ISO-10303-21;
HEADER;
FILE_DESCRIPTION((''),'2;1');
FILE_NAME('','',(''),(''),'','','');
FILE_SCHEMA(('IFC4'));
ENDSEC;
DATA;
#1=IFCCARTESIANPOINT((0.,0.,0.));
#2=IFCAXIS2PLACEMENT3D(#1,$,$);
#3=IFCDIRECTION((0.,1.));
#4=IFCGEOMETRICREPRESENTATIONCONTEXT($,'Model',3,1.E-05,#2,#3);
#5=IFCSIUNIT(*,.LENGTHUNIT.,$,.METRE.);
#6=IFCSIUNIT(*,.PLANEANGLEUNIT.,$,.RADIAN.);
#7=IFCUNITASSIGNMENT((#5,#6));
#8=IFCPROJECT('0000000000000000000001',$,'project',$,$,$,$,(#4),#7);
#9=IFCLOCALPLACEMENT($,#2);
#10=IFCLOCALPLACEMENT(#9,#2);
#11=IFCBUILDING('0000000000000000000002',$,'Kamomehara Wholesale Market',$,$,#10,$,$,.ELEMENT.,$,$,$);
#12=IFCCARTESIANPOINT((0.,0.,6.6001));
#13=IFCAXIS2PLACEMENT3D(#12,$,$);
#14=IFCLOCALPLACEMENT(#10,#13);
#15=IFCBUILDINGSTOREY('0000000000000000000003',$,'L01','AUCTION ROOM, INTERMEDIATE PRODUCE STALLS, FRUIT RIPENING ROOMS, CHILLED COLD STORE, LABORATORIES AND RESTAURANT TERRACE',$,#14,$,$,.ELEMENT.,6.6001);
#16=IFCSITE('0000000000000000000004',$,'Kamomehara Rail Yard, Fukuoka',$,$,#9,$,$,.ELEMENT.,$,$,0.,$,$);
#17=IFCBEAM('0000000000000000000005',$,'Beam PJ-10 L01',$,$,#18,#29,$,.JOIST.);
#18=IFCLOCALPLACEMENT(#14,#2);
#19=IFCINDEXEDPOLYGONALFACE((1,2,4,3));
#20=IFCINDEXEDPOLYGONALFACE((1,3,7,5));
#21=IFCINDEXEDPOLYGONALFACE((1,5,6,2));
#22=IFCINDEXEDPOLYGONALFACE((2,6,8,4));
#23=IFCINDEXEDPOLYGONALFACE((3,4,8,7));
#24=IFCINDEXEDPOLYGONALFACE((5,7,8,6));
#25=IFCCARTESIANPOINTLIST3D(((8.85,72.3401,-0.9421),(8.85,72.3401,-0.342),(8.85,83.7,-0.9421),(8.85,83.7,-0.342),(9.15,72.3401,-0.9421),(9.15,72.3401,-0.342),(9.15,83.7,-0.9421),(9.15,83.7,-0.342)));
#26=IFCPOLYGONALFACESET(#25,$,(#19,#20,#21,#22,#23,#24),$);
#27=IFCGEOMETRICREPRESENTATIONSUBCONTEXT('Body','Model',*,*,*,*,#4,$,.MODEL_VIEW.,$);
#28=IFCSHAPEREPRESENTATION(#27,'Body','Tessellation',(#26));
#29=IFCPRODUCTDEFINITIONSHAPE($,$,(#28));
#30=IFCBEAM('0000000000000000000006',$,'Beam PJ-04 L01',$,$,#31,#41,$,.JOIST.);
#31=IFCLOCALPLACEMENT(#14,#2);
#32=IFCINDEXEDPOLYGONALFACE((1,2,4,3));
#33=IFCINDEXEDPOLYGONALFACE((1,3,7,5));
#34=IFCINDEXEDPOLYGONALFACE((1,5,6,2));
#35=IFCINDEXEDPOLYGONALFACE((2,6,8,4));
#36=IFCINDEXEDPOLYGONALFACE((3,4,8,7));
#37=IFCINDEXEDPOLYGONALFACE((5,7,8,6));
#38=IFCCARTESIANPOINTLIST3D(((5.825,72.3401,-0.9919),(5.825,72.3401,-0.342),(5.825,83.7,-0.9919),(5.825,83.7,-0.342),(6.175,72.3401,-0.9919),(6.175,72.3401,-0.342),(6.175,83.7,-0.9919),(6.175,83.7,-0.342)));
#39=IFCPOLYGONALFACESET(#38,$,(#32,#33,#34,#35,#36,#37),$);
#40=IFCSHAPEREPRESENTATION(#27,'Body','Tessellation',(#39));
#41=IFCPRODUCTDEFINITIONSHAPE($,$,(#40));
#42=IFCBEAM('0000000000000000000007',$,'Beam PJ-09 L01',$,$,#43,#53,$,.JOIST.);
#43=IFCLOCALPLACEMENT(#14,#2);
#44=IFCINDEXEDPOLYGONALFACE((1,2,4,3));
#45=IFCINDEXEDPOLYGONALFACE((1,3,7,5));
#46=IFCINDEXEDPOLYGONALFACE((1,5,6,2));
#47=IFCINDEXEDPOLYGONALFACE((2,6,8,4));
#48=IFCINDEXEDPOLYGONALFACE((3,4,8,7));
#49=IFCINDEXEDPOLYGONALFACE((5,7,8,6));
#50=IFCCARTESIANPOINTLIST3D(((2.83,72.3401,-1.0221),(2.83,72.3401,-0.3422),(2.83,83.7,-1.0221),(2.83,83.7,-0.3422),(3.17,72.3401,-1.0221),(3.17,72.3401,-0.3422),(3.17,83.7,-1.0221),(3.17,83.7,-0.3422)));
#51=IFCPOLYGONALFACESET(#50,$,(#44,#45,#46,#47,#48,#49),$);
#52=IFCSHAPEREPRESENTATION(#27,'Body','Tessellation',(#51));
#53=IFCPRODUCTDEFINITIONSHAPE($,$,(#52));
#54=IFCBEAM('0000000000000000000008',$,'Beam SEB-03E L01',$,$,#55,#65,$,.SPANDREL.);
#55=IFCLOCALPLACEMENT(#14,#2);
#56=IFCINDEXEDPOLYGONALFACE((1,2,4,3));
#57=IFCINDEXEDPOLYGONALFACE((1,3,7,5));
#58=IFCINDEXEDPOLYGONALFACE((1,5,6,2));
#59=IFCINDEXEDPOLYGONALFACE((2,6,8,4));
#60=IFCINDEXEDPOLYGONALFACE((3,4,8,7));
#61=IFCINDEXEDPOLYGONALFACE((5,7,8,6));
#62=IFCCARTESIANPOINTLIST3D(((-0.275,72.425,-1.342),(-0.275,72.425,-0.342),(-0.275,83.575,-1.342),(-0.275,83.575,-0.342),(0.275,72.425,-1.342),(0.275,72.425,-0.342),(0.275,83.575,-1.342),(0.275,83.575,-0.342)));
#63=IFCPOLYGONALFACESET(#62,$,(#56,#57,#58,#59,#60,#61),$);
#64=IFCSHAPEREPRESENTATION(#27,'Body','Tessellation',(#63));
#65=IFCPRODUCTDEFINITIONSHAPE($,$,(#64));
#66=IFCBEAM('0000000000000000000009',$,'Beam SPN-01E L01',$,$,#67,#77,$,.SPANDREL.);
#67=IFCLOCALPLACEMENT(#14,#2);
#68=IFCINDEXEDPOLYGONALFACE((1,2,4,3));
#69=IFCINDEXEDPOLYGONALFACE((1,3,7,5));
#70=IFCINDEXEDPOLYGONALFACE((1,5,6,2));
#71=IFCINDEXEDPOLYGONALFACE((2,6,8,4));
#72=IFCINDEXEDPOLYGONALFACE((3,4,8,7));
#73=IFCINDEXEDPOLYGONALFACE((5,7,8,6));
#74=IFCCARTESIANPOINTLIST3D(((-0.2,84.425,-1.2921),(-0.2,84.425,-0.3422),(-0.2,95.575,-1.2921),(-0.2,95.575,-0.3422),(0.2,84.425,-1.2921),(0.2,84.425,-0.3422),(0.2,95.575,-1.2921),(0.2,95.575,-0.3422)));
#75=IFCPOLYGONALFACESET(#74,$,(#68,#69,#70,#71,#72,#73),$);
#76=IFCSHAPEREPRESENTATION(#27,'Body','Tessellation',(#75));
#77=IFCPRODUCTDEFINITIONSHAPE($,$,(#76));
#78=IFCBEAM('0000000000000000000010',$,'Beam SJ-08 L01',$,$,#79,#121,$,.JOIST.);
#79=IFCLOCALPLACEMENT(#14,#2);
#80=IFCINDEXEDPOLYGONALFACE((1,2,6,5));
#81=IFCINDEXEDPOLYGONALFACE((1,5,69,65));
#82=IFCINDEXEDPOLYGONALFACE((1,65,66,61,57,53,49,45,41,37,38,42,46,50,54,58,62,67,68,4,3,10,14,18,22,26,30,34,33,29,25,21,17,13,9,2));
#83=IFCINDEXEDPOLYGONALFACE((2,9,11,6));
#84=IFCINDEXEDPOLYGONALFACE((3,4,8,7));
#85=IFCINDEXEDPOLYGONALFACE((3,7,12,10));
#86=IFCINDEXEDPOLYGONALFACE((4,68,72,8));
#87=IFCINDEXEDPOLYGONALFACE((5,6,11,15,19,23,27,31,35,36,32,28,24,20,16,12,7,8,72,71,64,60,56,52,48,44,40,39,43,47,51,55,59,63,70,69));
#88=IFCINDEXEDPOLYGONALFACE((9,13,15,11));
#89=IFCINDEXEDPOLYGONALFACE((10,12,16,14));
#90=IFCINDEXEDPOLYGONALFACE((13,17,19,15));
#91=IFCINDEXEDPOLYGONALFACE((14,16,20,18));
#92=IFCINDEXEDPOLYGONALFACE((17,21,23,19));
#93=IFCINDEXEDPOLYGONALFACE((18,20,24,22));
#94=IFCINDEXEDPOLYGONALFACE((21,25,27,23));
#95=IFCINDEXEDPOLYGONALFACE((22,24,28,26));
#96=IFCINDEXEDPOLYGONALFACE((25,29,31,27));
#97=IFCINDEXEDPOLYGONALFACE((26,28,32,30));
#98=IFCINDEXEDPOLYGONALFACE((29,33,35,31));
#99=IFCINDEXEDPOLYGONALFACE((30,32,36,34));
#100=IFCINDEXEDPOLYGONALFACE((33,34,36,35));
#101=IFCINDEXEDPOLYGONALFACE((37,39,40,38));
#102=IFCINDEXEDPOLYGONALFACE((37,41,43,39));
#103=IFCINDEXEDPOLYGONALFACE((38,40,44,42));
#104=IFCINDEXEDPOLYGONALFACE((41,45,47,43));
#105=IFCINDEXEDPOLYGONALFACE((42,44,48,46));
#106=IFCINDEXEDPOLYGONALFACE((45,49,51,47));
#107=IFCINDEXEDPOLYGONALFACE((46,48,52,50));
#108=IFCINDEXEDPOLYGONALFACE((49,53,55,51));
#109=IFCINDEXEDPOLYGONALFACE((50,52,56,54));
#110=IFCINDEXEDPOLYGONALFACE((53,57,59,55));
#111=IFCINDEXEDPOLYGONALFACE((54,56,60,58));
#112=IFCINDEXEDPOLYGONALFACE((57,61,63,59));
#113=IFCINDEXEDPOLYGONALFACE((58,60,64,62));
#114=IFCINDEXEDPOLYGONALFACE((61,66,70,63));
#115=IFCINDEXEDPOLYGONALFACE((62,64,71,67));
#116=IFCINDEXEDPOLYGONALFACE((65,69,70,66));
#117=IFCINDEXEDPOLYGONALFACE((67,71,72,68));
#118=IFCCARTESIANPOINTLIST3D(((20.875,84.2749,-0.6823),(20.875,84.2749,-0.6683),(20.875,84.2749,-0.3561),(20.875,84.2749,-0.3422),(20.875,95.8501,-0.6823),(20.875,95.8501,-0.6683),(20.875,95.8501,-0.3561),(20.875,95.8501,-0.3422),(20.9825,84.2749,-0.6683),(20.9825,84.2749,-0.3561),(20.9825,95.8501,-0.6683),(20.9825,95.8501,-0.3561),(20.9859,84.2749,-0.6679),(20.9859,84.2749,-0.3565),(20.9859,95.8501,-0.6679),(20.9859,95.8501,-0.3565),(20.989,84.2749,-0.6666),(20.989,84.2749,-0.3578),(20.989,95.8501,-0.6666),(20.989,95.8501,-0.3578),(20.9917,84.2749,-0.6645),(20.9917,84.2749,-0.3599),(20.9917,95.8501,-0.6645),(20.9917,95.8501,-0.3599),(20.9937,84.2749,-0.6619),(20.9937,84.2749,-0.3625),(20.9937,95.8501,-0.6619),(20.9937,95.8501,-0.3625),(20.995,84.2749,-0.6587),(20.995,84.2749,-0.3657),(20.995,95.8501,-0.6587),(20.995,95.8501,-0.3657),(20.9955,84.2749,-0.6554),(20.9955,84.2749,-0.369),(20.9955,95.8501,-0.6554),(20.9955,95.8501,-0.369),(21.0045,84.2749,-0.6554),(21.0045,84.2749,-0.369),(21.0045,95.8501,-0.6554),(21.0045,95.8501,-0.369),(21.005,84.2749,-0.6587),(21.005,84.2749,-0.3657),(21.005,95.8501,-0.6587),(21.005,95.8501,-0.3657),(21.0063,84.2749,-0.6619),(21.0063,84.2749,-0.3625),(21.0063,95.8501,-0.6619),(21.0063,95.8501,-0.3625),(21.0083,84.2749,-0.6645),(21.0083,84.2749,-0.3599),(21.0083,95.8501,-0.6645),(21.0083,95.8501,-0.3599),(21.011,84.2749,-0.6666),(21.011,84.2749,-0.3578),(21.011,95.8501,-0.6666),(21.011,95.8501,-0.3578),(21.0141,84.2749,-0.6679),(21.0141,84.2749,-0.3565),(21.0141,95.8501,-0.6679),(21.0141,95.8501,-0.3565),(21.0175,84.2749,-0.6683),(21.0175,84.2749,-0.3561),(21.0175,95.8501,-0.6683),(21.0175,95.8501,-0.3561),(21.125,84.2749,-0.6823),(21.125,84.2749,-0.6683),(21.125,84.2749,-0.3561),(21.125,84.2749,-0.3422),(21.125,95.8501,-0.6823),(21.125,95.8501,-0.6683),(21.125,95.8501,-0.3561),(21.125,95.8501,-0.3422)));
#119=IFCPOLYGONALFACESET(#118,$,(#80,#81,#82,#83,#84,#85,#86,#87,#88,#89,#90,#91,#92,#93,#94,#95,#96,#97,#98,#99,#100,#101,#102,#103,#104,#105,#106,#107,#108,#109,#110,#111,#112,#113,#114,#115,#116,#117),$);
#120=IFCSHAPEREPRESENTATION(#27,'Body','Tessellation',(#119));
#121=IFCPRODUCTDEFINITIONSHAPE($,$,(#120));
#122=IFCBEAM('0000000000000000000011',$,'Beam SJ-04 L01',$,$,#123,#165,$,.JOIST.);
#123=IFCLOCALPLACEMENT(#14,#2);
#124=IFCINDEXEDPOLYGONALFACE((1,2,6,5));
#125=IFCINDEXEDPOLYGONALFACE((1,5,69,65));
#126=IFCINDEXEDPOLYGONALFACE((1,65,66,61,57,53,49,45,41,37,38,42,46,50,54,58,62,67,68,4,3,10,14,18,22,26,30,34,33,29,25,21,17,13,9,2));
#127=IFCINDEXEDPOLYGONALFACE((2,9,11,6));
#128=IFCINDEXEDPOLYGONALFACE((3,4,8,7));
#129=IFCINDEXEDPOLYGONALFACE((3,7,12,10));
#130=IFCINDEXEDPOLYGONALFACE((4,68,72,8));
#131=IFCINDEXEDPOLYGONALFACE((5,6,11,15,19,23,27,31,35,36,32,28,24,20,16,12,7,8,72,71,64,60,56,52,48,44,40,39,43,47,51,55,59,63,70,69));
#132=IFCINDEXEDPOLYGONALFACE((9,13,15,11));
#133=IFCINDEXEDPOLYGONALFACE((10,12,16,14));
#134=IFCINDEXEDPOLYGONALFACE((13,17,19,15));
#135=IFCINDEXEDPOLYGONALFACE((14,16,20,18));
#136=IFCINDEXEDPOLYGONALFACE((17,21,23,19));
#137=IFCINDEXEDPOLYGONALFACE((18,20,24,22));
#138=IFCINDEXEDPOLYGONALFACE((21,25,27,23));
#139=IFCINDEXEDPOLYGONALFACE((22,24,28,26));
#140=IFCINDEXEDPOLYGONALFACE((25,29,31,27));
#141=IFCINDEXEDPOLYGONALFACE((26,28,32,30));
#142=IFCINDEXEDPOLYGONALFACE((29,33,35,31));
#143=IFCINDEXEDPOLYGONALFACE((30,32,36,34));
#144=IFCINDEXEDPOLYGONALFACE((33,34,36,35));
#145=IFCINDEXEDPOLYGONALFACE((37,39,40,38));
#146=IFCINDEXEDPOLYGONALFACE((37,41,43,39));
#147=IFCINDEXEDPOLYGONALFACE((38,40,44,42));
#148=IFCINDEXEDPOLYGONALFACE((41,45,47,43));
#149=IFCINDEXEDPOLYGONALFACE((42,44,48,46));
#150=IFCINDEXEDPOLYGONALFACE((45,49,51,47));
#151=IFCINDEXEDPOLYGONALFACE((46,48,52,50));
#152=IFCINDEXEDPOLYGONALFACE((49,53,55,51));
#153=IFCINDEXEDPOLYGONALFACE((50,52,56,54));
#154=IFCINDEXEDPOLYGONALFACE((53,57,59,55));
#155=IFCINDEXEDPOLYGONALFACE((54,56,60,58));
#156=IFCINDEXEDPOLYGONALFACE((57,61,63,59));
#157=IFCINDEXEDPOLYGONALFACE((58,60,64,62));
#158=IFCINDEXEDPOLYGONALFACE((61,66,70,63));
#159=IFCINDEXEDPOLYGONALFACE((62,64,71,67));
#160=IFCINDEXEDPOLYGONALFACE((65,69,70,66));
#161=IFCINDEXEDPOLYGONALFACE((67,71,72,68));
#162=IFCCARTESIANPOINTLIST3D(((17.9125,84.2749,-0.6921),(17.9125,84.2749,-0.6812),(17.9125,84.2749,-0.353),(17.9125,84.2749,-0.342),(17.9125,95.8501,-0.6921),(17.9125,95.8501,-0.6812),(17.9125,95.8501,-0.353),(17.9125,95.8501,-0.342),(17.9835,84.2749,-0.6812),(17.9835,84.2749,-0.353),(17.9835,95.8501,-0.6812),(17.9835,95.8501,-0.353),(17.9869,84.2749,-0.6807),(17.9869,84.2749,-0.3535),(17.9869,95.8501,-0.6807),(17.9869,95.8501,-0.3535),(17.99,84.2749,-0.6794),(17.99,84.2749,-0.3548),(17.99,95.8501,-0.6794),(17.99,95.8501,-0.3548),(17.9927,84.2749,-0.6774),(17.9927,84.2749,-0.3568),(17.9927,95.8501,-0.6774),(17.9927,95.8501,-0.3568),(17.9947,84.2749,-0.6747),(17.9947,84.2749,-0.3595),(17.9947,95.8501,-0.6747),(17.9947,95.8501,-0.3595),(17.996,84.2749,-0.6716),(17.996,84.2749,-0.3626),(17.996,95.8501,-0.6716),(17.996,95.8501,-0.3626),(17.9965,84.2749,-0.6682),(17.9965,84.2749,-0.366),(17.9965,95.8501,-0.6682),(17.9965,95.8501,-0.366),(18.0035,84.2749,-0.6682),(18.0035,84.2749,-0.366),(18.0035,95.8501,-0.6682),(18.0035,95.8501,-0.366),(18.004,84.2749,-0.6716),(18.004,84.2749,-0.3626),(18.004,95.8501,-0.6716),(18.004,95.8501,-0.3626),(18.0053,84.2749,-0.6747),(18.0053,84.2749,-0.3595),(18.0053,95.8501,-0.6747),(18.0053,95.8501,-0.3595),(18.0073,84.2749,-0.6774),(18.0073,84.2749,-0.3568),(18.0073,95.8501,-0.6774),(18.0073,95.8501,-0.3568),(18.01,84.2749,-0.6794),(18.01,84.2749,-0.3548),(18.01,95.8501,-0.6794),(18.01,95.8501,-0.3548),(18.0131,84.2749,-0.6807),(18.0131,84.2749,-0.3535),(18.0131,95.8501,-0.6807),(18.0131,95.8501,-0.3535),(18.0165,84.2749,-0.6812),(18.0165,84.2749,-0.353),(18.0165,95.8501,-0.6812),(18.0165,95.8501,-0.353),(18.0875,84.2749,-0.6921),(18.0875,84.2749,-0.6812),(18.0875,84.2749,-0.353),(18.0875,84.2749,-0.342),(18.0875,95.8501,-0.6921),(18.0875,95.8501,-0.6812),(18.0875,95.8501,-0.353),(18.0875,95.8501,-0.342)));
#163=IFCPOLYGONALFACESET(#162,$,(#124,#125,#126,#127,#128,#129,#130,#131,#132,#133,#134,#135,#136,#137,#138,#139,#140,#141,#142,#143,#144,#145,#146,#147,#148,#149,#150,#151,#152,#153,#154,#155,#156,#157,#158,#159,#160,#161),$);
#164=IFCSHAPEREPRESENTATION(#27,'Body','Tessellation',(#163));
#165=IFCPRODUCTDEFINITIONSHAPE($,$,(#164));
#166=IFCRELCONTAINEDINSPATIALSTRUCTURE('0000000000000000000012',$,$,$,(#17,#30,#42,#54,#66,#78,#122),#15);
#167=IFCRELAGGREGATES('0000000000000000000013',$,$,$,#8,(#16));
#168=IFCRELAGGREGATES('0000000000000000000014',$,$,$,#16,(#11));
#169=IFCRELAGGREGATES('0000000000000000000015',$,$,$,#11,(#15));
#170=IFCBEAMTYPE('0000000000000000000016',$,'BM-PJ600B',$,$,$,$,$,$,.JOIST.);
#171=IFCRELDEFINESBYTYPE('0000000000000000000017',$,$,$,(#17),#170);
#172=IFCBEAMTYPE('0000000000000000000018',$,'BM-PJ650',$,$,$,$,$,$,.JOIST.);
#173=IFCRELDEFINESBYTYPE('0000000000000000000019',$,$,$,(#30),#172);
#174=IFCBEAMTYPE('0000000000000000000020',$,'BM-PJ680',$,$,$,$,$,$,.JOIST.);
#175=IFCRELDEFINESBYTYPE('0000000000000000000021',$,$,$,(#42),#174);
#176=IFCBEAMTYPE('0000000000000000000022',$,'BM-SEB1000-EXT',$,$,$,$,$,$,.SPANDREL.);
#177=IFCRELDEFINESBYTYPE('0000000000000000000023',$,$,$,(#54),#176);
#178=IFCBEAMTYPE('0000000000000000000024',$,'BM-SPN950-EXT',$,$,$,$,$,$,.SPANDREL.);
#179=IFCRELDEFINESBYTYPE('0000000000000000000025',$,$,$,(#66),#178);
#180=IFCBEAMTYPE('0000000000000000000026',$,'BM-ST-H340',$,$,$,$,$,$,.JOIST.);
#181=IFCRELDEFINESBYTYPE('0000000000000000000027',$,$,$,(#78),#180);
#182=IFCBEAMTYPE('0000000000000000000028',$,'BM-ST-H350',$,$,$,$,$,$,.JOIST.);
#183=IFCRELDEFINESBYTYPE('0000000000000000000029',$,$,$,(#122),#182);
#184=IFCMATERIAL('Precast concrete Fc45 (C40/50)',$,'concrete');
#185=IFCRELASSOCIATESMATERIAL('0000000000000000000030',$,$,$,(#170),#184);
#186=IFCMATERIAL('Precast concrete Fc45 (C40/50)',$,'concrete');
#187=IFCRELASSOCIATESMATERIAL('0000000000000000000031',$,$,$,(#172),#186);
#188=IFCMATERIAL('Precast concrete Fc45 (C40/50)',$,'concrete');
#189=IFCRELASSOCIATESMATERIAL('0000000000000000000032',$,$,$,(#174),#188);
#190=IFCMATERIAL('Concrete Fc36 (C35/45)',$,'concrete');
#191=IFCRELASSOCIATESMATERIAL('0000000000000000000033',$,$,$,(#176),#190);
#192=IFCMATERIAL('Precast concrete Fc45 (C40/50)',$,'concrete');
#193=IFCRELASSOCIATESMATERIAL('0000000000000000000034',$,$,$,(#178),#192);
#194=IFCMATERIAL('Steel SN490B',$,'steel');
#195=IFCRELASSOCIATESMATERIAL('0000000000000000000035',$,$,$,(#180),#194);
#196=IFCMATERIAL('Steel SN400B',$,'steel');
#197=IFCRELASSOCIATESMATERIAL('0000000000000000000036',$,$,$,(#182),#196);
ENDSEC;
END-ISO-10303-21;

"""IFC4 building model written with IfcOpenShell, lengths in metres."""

from ifc_helpers import new_model, si_unit, direction, frame, origin, origin_2d, place, context, subcontext, project, spatial, rectangle, i_section, extrude, material, material_profile, profile_set, type_object, element, save


model = new_model("IFC4")

# Units and contexts
model_context = context("Model", 3, precision=1e-05, world=origin(), true_north=direction((0.0, 1.0)))
body_context = subcontext(model_context, "Body", "Model", "MODEL_VIEW")
ifc_project = project(units=[si_unit("LENGTHUNIT", "METRE"), si_unit("PLANEANGLEUNIT", "RADIAN")], contexts=[model_context])

# Site, building, storey
site_placement = place(None, origin())
site = spatial("IfcSite", under=ifc_project, at=site_placement, Name="Kamomehara Rail Yard, Fukuoka", CompositionType="ELEMENT", RefElevation=0.0)
building_placement = place(site_placement, origin())
building = spatial("IfcBuilding", under=site, at=building_placement, Name="Kamomehara Wholesale Market", CompositionType="ELEMENT")
storey_placement = place(building_placement, frame((0.0, 0.0, 6.6001)))
storey = spatial("IfcBuildingStorey", under=building, at=storey_placement, Name="L01", Description="AUCTION ROOM, INTERMEDIATE PRODUCE STALLS, FRUIT RIPENING ROOMS, CHILLED COLD STORE, LABORATORIES AND RESTAURANT TERRACE", CompositionType="ELEMENT", Elevation=6.6001)

# Beams
ifc_material_1 = material(Name="Precast concrete Fc45 (C40/50)", Category="concrete")
ifc_material_profile_1 = material_profile(ifc_material_1, rectangle(XDim=0.3, YDim=0.6001, at=origin_2d()), Name="PC-JST-300x600")
ifc_profile_set_1 = profile_set([ifc_material_profile_1], Name="Precast concrete Fc45 (C40/50)")
beam_type_1 = type_object("IfcBeamType", Name="BM-PJ600B", PredefinedType="JOIST", material=ifc_profile_set_1)
beam_1_placement = place(storey_placement, frame((9.0, 72.3401, -0.6421), z_axis=(0.0, 1.0, 0.0), x_axis=(-1.0, 0.0, 0.0)))
element("IfcBeam", 1, at=beam_1_placement, inside=storey, type_object=beam_type_1, Name="Beam PJ-10 L01", PredefinedType="JOIST", context=body_context, shape_type="SweptSolid", body=[
    extrude(rectangle(XDim=0.3, YDim=0.6001, at=origin_2d()), origin(), (0.0, 0.0, 1.0), 11.3599),
])
ifc_material_2 = material(Name="Precast concrete Fc45 (C40/50)", Category="concrete")
ifc_material_profile_2 = material_profile(ifc_material_2, rectangle(XDim=0.3501, YDim=0.6499, at=origin_2d()), Name="PC-JST-350x650")
ifc_profile_set_2 = profile_set([ifc_material_profile_2], Name="Precast concrete Fc45 (C40/50)")
beam_type_2 = type_object("IfcBeamType", Name="BM-PJ650", PredefinedType="JOIST", material=ifc_profile_set_2)
beam_2_placement = place(storey_placement, frame((6.0, 72.3401, -0.667), z_axis=(0.0, 1.0, 0.0), x_axis=(-1.0, 0.0, 0.0)))
element("IfcBeam", 2, at=beam_2_placement, inside=storey, type_object=beam_type_2, Name="Beam PJ-04 L01", PredefinedType="JOIST", context=body_context, shape_type="SweptSolid", body=[
    extrude(rectangle(XDim=0.3501, YDim=0.6499, at=origin_2d()), origin(), (0.0, 0.0, 1.0), 11.3599),
])
ifc_material_3 = material(Name="Precast concrete Fc45 (C40/50)", Category="concrete")
ifc_material_profile_3 = material_profile(ifc_material_3, rectangle(XDim=0.3401, YDim=0.6799, at=origin_2d()), Name="PC-JST-340x680")
ifc_profile_set_3 = profile_set([ifc_material_profile_3], Name="Precast concrete Fc45 (C40/50)")
beam_type_3 = type_object("IfcBeamType", Name="BM-PJ680", PredefinedType="JOIST", material=ifc_profile_set_3)
beam_3_placement = place(storey_placement, frame((3.0, 72.3401, -0.6821), z_axis=(0.0, 1.0, 0.0), x_axis=(-1.0, 0.0, 0.0)))
element("IfcBeam", 3, at=beam_3_placement, inside=storey, type_object=beam_type_3, Name="Beam PJ-09 L01", PredefinedType="JOIST", context=body_context, shape_type="SweptSolid", body=[
    extrude(rectangle(XDim=0.3401, YDim=0.6799, at=origin_2d()), origin(), (0.0, 0.0, 1.0), 11.3599),
])
ifc_material_4 = material(Name="Concrete Fc36 (C35/45)", Category="concrete")
ifc_material_profile_4 = material_profile(ifc_material_4, rectangle(XDim=0.55, YDim=1.0, at=origin_2d()), Name="RC-SEB-550x1000")
ifc_profile_set_4 = profile_set([ifc_material_profile_4], Name="Concrete Fc36 (C35/45)")
beam_type_4 = type_object("IfcBeamType", Name="BM-SEB1000-EXT", PredefinedType="SPANDREL", material=ifc_profile_set_4)
beam_4_placement = place(storey_placement, frame((0.0, 72.425, -0.842), z_axis=(0.0, 1.0, 0.0), x_axis=(-1.0, 0.0, 0.0)))
element("IfcBeam", 4, at=beam_4_placement, inside=storey, type_object=beam_type_4, Name="Beam SEB-03E L01", PredefinedType="SPANDREL", context=body_context, shape_type="SweptSolid", body=[
    extrude(rectangle(XDim=0.55, YDim=1.0, at=origin_2d()), origin(), (0.0, 0.0, 1.0), 11.1499),
])
ifc_material_5 = material(Name="Precast concrete Fc45 (C40/50)", Category="concrete")
ifc_material_profile_5 = material_profile(ifc_material_5, rectangle(XDim=0.3999, YDim=0.95, at=origin_2d()), Name="PC-SPN-400x950")
ifc_profile_set_5 = profile_set([ifc_material_profile_5], Name="Precast concrete Fc45 (C40/50)")
beam_type_5 = type_object("IfcBeamType", Name="BM-SPN950-EXT", PredefinedType="SPANDREL", material=ifc_profile_set_5)
beam_5_placement = place(storey_placement, frame((0.0, 84.425, -0.8171), z_axis=(0.0, 1.0, 0.0), x_axis=(-1.0, 0.0, 0.0)))
element("IfcBeam", 5, at=beam_5_placement, inside=storey, type_object=beam_type_5, Name="Beam SPN-01E L01", PredefinedType="SPANDREL", context=body_context, shape_type="SweptSolid", body=[
    extrude(rectangle(XDim=0.3999, YDim=0.95, at=origin_2d()), origin(), (0.0, 0.0, 1.0), 11.1499),
])
ifc_material_6 = material(Name="Steel SN490B", Category="steel")
ifc_material_profile_6 = material_profile(ifc_material_6, i_section(OverallWidth=0.25, OverallDepth=0.3401, WebThickness=0.009, FlangeThickness=0.0139, FilletRadius=0.0129, at=origin_2d()), Name="H-340x250x9x14")
ifc_profile_set_6 = profile_set([ifc_material_profile_6], Name="Steel SN490B")
beam_type_6 = type_object("IfcBeamType", Name="BM-ST-H340", PredefinedType="JOIST", material=ifc_profile_set_6)
beam_6_placement = place(storey_placement, frame((21.0, 84.2749, -0.5122), z_axis=(0.0, 1.0, 0.0), x_axis=(-1.0, 0.0, 0.0)))
element("IfcBeam", 6, at=beam_6_placement, inside=storey, type_object=beam_type_6, Name="Beam SJ-08 L01", PredefinedType="JOIST", context=body_context, shape_type="SweptSolid", body=[
    extrude(i_section(OverallWidth=0.25, OverallDepth=0.3401, WebThickness=0.009, FlangeThickness=0.0139, FilletRadius=0.0129, at=origin_2d()), origin(), (0.0, 0.0, 1.0), 11.5752),
])
ifc_material_7 = material(Name="Steel SN400B", Category="steel")
ifc_material_profile_7 = material_profile(ifc_material_7, i_section(OverallWidth=0.175, OverallDepth=0.3501, WebThickness=0.0071, FlangeThickness=0.011, FilletRadius=0.0129, at=origin_2d()), Name="H-350x175x7x11")
ifc_profile_set_7 = profile_set([ifc_material_profile_7], Name="Steel SN400B")
beam_type_7 = type_object("IfcBeamType", Name="BM-ST-H350", PredefinedType="JOIST", material=ifc_profile_set_7)
beam_7_placement = place(storey_placement, frame((18.0, 84.2749, -0.5171), z_axis=(0.0, 1.0, 0.0), x_axis=(-1.0, 0.0, 0.0)))
element("IfcBeam", 7, at=beam_7_placement, inside=storey, type_object=beam_type_7, Name="Beam SJ-04 L01", PredefinedType="JOIST", context=body_context, shape_type="SweptSolid", body=[
    extrude(i_section(OverallWidth=0.175, OverallDepth=0.3501, WebThickness=0.0071, FlangeThickness=0.011, FilletRadius=0.0129, at=origin_2d()), origin(), (0.0, 0.0, 1.0), 11.5752),
])

save(model, "model.ifc")
